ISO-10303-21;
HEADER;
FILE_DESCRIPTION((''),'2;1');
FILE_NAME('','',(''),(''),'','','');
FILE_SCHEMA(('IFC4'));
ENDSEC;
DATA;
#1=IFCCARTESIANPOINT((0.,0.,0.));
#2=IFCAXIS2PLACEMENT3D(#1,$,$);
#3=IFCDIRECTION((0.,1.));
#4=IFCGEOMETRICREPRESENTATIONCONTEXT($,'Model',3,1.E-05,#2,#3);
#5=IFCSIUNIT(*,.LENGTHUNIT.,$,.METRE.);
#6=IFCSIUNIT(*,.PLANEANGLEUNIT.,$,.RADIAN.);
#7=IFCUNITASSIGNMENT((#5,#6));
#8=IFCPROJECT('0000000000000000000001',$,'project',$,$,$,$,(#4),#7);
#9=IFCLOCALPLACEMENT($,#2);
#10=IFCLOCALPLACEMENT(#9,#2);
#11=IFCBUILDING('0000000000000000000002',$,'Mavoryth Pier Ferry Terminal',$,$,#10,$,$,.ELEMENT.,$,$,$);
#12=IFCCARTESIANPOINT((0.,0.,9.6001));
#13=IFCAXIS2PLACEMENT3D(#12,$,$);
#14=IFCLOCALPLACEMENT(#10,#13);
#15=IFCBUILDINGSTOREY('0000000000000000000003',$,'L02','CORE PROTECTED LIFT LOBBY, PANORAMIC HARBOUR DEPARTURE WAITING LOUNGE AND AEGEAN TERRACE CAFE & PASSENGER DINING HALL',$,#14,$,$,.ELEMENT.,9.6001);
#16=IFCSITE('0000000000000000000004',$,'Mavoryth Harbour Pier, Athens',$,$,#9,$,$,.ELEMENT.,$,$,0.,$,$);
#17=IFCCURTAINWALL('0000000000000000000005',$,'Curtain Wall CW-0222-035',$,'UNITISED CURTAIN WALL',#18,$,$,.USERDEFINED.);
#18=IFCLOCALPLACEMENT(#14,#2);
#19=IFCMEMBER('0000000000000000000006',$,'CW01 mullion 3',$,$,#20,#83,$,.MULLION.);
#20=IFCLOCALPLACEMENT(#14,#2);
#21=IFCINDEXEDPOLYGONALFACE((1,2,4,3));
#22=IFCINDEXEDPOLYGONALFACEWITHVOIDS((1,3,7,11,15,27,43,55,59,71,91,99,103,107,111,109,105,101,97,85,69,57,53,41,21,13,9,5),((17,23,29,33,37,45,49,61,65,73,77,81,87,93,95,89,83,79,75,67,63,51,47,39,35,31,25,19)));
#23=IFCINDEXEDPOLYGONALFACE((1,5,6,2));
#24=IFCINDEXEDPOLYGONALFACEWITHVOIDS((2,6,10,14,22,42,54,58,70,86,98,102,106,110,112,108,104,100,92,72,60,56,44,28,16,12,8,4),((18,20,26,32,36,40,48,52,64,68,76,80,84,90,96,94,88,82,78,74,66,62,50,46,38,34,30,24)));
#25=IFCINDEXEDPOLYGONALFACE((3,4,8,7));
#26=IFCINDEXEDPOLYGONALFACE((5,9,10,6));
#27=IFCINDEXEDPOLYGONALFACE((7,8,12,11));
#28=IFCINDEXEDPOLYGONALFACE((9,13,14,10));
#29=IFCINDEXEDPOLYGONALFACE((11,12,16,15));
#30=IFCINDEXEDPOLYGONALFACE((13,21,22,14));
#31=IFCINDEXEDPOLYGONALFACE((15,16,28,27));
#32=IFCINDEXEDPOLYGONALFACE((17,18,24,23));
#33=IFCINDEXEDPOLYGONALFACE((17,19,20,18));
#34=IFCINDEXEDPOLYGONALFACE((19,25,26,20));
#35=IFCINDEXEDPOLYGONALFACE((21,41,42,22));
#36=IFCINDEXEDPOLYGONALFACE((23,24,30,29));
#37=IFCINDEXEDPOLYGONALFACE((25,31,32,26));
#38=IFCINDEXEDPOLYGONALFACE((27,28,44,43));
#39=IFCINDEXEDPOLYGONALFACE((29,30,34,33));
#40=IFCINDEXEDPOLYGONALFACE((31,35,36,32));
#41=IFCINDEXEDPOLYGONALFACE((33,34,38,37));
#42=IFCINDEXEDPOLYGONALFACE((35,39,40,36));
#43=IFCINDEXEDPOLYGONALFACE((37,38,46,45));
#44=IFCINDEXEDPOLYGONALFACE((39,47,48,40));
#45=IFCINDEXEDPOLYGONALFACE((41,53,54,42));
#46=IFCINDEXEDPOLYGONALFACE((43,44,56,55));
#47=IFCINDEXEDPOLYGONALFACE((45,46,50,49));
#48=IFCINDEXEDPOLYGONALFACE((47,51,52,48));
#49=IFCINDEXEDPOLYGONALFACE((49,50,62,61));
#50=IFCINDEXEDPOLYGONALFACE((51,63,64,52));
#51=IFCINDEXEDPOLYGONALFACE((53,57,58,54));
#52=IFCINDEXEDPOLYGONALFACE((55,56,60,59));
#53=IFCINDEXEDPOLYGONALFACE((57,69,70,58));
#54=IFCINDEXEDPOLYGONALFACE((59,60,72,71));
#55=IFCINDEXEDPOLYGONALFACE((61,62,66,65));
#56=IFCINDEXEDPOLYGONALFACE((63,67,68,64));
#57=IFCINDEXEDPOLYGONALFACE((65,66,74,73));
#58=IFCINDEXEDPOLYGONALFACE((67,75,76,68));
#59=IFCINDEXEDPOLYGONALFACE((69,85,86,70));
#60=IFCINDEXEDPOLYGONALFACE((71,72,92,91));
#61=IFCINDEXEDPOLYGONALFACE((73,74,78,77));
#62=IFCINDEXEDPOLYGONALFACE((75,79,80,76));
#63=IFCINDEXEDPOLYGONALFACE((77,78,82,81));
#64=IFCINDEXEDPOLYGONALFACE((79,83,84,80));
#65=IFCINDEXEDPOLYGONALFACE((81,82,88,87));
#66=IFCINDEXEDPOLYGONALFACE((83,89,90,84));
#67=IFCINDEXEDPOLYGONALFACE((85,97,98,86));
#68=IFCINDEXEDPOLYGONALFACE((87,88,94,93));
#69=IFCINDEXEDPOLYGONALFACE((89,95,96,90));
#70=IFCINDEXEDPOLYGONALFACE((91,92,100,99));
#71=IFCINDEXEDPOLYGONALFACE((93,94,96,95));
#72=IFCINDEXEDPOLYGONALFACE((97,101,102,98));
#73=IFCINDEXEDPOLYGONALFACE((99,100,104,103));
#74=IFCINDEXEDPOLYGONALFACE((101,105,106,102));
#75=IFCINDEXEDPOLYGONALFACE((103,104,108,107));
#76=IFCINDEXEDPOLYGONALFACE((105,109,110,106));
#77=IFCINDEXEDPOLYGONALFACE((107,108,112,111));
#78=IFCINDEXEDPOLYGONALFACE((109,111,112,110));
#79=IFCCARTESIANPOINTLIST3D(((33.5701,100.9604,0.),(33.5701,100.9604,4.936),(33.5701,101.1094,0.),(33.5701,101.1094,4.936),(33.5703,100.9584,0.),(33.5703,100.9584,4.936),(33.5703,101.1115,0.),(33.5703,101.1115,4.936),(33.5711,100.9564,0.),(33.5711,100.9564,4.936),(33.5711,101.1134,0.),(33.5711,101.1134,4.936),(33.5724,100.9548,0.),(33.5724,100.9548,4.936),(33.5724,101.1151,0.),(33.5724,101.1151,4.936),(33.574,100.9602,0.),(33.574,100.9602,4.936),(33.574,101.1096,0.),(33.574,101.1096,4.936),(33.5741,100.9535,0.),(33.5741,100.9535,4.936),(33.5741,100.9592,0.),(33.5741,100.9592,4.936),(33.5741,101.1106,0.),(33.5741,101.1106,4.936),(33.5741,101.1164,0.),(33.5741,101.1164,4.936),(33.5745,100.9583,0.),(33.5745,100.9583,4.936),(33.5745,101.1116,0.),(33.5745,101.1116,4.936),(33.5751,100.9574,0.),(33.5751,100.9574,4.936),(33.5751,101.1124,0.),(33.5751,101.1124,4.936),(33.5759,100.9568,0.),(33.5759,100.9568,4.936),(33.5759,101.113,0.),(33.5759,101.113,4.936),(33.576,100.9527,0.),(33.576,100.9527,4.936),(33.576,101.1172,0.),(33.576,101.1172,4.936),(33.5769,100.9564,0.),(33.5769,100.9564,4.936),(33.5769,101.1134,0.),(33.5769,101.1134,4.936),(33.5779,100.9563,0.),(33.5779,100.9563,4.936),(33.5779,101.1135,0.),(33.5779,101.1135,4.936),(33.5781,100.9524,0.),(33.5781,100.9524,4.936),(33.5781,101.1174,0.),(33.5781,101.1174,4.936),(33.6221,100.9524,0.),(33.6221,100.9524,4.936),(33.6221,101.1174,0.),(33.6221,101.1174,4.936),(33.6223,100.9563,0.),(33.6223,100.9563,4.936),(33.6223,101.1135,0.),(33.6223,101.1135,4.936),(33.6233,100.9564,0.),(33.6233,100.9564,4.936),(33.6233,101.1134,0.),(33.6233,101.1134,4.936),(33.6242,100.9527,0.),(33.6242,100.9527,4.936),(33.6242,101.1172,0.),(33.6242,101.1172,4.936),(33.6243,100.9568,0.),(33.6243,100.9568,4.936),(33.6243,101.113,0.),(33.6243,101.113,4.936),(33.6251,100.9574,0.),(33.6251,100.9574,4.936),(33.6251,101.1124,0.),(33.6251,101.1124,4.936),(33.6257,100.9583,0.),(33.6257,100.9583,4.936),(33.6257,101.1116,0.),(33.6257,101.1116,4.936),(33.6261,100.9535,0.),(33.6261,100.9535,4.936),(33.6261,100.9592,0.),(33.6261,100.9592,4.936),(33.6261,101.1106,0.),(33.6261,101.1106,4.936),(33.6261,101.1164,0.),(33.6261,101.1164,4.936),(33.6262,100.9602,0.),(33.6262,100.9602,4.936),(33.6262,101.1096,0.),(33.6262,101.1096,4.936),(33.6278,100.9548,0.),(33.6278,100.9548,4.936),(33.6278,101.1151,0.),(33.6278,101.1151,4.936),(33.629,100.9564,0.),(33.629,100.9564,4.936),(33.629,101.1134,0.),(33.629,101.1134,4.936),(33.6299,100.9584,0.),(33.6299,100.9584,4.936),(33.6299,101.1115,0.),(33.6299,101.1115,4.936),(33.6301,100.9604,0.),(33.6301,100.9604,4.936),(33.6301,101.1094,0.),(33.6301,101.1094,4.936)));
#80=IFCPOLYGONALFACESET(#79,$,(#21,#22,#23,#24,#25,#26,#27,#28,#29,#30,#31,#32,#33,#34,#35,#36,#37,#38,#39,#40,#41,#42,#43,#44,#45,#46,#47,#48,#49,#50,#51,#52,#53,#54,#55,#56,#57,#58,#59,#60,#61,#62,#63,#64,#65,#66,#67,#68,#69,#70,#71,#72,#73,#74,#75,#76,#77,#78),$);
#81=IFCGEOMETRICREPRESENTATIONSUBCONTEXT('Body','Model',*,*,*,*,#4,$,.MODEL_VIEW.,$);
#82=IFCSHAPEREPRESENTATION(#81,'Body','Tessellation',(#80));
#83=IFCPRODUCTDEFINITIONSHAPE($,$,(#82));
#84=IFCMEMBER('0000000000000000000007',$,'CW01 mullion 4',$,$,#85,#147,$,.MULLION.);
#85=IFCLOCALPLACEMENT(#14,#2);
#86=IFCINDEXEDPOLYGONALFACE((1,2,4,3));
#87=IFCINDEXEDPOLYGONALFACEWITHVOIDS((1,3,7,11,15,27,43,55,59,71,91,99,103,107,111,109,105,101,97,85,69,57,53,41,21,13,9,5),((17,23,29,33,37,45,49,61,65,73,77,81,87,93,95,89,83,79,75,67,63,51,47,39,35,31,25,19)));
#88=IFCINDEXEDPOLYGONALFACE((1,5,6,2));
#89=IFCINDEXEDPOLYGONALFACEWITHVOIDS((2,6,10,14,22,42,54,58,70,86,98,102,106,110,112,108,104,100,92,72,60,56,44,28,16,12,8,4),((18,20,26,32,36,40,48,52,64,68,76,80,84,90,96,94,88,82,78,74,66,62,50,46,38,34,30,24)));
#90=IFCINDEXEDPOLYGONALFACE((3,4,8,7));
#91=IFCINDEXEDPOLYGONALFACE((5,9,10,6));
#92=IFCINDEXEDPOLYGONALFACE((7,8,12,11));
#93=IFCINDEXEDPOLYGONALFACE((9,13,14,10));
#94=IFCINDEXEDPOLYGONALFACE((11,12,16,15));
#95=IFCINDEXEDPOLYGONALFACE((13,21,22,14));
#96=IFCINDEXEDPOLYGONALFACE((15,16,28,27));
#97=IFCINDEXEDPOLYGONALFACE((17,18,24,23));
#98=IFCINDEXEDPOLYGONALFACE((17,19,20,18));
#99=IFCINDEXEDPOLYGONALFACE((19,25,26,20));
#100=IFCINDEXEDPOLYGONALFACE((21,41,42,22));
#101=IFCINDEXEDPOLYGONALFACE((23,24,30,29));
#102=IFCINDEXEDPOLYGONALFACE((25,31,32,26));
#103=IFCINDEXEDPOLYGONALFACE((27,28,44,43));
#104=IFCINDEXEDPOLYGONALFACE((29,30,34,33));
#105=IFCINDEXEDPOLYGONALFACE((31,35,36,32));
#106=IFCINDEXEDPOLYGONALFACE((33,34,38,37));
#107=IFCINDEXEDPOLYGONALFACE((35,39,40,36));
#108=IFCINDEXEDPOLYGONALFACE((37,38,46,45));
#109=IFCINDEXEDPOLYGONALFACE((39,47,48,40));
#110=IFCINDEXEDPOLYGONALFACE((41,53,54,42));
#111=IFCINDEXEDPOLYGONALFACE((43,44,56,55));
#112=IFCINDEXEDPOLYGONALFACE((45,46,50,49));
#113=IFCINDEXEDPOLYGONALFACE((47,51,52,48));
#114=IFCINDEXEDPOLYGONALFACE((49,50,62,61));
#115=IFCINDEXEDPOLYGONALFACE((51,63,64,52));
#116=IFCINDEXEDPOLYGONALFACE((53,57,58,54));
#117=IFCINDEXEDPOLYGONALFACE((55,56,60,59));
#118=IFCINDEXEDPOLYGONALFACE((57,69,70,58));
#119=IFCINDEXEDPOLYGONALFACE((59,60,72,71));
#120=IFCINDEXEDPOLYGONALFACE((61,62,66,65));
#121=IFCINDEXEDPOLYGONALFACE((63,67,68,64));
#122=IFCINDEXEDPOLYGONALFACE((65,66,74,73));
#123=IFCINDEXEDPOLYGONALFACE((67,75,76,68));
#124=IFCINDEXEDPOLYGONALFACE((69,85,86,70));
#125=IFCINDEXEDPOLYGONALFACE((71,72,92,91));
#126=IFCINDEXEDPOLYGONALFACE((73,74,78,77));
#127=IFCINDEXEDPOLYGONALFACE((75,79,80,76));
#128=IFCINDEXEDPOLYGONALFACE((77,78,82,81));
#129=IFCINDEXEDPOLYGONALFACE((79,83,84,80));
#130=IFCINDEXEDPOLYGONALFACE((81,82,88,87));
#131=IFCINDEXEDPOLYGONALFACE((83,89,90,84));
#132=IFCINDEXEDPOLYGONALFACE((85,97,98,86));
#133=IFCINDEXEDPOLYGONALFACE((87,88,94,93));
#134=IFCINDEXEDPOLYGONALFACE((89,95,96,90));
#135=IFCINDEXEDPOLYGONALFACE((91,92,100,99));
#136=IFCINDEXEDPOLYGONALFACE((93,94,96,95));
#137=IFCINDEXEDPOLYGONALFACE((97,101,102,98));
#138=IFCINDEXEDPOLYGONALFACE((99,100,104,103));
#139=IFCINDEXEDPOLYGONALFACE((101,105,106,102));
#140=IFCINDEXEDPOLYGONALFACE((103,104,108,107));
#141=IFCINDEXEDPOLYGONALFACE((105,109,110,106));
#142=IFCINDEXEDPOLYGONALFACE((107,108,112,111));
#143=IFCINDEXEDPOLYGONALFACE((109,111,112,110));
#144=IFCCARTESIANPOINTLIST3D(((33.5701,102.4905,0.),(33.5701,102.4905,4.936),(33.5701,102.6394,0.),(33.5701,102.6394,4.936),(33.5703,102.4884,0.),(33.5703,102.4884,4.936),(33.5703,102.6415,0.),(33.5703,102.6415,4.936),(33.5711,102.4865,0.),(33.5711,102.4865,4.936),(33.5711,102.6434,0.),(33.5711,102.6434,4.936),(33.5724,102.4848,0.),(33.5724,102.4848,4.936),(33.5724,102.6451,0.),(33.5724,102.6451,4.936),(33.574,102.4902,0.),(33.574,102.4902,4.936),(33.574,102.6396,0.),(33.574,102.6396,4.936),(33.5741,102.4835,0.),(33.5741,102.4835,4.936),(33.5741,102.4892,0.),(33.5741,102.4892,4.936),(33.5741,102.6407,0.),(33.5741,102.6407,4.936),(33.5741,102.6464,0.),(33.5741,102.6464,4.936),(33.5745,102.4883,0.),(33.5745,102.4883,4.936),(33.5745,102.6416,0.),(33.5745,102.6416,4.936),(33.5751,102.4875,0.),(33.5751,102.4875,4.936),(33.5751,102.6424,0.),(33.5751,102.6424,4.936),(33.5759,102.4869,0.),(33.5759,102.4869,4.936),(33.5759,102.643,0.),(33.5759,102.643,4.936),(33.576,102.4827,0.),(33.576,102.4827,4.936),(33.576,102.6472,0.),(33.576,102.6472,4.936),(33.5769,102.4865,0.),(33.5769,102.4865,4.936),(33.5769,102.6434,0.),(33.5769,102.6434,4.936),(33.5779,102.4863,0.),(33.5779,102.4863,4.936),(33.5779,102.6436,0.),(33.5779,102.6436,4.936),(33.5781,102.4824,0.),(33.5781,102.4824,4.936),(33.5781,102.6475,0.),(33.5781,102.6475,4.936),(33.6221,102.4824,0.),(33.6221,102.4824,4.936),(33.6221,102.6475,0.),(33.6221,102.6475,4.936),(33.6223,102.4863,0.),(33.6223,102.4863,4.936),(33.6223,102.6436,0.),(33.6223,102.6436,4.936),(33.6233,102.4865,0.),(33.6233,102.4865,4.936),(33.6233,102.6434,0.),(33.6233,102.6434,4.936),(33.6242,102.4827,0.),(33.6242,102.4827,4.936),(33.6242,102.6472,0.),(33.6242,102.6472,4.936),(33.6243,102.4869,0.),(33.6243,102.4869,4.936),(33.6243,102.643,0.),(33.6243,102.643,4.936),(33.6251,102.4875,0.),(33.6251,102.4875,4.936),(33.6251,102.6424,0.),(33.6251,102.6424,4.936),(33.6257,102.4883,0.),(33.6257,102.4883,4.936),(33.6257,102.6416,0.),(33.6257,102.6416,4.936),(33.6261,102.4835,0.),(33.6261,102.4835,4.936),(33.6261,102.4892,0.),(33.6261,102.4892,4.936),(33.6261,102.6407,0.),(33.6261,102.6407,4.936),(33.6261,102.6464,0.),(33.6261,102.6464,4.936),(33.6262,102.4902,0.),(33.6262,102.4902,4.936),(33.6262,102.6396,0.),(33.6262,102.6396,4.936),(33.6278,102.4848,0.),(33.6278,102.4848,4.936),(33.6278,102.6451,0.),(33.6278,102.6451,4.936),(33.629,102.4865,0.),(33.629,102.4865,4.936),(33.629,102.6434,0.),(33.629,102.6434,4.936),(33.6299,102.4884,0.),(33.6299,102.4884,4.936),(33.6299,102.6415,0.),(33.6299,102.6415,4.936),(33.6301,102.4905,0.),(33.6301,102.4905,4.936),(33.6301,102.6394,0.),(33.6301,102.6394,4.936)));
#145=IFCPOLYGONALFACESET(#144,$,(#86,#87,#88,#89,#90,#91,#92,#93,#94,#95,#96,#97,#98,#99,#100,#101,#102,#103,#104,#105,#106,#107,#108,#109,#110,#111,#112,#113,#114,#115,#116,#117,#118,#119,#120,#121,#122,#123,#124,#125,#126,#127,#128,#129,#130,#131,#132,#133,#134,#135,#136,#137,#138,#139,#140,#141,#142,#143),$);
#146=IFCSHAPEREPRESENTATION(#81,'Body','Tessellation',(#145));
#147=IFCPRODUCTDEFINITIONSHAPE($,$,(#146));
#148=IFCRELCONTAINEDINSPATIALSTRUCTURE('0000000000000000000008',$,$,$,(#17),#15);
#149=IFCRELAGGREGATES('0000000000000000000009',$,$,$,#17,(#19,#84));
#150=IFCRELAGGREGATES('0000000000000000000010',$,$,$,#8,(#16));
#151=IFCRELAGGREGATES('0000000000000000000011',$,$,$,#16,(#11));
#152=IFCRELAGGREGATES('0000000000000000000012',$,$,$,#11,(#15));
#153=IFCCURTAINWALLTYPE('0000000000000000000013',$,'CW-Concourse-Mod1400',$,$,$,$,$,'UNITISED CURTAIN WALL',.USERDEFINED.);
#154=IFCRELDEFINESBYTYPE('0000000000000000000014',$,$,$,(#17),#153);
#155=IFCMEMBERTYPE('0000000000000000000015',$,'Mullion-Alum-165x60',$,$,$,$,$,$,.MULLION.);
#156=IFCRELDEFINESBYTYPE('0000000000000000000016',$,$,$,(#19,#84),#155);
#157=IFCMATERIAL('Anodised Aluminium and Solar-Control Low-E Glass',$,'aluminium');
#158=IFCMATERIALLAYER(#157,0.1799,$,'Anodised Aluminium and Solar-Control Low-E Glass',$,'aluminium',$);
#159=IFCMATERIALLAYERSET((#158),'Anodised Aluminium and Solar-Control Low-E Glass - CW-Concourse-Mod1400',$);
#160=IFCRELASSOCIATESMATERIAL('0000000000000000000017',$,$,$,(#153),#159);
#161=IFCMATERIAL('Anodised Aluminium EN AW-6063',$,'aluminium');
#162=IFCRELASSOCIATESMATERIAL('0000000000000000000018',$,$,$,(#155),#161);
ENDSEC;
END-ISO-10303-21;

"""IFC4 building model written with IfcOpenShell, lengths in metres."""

from ifc_helpers import new_model, si_unit, direction, frame, origin, origin_2d, place, context, subcontext, project, spatial, hollow_rectangle, extrude, material, layer, layer_set, material_profile, profile_set, type_object, element, aggregate, save


model = new_model("IFC4")

# Units and contexts
model_context = context("Model", 3, precision=1e-05, world=origin(), true_north=direction((0.0, 1.0)))
body_context = subcontext(model_context, "Body", "Model", "MODEL_VIEW")
ifc_project = project(units=[si_unit("LENGTHUNIT", "METRE"), si_unit("PLANEANGLEUNIT", "RADIAN")], contexts=[model_context])

# Site, building, storey
site_placement = place(None, origin())
site = spatial("IfcSite", under=ifc_project, at=site_placement, Name="Mavoryth Harbour Pier, Athens", CompositionType="ELEMENT", RefElevation=0.0)
building_placement = place(site_placement, origin())
building = spatial("IfcBuilding", under=site, at=building_placement, Name="Mavoryth Pier Ferry Terminal", CompositionType="ELEMENT")
storey_placement = place(building_placement, frame((0.0, 0.0, 9.6001)))
storey = spatial("IfcBuildingStorey", under=building, at=storey_placement, Name="L02", Description="CORE PROTECTED LIFT LOBBY, PANORAMIC HARBOUR DEPARTURE WAITING LOUNGE AND AEGEAN TERRACE CAFE & PASSENGER DINING HALL", CompositionType="ELEMENT", Elevation=9.6001)

# Curtain wall, members
ifc_material_1 = material(Name="Anodised Aluminium and Solar-Control Low-E Glass", Category="aluminium")
ifc_layer_1 = layer(ifc_material_1, 0.1799, Name="Anodised Aluminium and Solar-Control Low-E Glass", Category="aluminium")
ifc_layer_set_1 = layer_set([ifc_layer_1], Name="Anodised Aluminium and Solar-Control Low-E Glass - CW-Concourse-Mod1400")
curtain_wall_type = type_object("IfcCurtainWallType", Name="CW-Concourse-Mod1400", ElementType="UNITISED CURTAIN WALL", PredefinedType="USERDEFINED", material=ifc_layer_set_1)
curtain_wall_placement = place(storey_placement, origin())
curtain_wall = element("IfcCurtainWall", 1, at=curtain_wall_placement, inside=storey, type_object=curtain_wall_type, Name="Curtain Wall CW-0222-035", ObjectType="UNITISED CURTAIN WALL", PredefinedType="USERDEFINED")
ifc_material_2 = material(Name="Anodised Aluminium EN AW-6063", Category="aluminium")
ifc_material_profile_1 = material_profile(ifc_material_2, hollow_rectangle(XDim=0.0601, YDim=0.165, WallThickness=0.0039, InnerFilletRadius=0.0039, OuterFilletRadius=0.0081, at=origin_2d()), Name="AL-MULL 165x60x4", Category="aluminium")
ifc_profile_set_1 = profile_set([ifc_material_profile_1], Name="Anodised Aluminium EN AW-6063 - AL-MULL 165x60x4")
member_type_1 = type_object("IfcMemberType", Name="Mullion-Alum-165x60", PredefinedType="MULLION", material=ifc_profile_set_1)
member_1_placement = place(storey_placement, frame((33.6001, 101.0349, 0.0), z_axis=(0.0, 0.0, 1.0), x_axis=(-1.0, 0.0, 0.0)))
member_1 = element("IfcMember", 2, at=member_1_placement, type_object=member_type_1, Name="CW01 mullion 3", PredefinedType="MULLION", context=body_context, shape_type="SweptSolid", body=[
    extrude(hollow_rectangle(XDim=0.0601, YDim=0.165, WallThickness=0.0039, InnerFilletRadius=0.0039, OuterFilletRadius=0.0081, at=origin_2d()), origin(), (0.0, 0.0, 1.0), 4.936),
])
member_2_placement = place(storey_placement, frame((33.6001, 102.5649, 0.0), z_axis=(0.0, 0.0, 1.0), x_axis=(-1.0, 0.0, 0.0)))
member_2 = element("IfcMember", 3, at=member_2_placement, type_object=member_type_1, Name="CW01 mullion 4", PredefinedType="MULLION", context=body_context, shape_type="SweptSolid", body=[
    extrude(hollow_rectangle(XDim=0.0601, YDim=0.165, WallThickness=0.0039, InnerFilletRadius=0.0039, OuterFilletRadius=0.0081, at=origin_2d()), origin(), (0.0, 0.0, 1.0), 4.936),
])

aggregate(curtain_wall, [member_1, member_2])

save(model, "model.ifc")
